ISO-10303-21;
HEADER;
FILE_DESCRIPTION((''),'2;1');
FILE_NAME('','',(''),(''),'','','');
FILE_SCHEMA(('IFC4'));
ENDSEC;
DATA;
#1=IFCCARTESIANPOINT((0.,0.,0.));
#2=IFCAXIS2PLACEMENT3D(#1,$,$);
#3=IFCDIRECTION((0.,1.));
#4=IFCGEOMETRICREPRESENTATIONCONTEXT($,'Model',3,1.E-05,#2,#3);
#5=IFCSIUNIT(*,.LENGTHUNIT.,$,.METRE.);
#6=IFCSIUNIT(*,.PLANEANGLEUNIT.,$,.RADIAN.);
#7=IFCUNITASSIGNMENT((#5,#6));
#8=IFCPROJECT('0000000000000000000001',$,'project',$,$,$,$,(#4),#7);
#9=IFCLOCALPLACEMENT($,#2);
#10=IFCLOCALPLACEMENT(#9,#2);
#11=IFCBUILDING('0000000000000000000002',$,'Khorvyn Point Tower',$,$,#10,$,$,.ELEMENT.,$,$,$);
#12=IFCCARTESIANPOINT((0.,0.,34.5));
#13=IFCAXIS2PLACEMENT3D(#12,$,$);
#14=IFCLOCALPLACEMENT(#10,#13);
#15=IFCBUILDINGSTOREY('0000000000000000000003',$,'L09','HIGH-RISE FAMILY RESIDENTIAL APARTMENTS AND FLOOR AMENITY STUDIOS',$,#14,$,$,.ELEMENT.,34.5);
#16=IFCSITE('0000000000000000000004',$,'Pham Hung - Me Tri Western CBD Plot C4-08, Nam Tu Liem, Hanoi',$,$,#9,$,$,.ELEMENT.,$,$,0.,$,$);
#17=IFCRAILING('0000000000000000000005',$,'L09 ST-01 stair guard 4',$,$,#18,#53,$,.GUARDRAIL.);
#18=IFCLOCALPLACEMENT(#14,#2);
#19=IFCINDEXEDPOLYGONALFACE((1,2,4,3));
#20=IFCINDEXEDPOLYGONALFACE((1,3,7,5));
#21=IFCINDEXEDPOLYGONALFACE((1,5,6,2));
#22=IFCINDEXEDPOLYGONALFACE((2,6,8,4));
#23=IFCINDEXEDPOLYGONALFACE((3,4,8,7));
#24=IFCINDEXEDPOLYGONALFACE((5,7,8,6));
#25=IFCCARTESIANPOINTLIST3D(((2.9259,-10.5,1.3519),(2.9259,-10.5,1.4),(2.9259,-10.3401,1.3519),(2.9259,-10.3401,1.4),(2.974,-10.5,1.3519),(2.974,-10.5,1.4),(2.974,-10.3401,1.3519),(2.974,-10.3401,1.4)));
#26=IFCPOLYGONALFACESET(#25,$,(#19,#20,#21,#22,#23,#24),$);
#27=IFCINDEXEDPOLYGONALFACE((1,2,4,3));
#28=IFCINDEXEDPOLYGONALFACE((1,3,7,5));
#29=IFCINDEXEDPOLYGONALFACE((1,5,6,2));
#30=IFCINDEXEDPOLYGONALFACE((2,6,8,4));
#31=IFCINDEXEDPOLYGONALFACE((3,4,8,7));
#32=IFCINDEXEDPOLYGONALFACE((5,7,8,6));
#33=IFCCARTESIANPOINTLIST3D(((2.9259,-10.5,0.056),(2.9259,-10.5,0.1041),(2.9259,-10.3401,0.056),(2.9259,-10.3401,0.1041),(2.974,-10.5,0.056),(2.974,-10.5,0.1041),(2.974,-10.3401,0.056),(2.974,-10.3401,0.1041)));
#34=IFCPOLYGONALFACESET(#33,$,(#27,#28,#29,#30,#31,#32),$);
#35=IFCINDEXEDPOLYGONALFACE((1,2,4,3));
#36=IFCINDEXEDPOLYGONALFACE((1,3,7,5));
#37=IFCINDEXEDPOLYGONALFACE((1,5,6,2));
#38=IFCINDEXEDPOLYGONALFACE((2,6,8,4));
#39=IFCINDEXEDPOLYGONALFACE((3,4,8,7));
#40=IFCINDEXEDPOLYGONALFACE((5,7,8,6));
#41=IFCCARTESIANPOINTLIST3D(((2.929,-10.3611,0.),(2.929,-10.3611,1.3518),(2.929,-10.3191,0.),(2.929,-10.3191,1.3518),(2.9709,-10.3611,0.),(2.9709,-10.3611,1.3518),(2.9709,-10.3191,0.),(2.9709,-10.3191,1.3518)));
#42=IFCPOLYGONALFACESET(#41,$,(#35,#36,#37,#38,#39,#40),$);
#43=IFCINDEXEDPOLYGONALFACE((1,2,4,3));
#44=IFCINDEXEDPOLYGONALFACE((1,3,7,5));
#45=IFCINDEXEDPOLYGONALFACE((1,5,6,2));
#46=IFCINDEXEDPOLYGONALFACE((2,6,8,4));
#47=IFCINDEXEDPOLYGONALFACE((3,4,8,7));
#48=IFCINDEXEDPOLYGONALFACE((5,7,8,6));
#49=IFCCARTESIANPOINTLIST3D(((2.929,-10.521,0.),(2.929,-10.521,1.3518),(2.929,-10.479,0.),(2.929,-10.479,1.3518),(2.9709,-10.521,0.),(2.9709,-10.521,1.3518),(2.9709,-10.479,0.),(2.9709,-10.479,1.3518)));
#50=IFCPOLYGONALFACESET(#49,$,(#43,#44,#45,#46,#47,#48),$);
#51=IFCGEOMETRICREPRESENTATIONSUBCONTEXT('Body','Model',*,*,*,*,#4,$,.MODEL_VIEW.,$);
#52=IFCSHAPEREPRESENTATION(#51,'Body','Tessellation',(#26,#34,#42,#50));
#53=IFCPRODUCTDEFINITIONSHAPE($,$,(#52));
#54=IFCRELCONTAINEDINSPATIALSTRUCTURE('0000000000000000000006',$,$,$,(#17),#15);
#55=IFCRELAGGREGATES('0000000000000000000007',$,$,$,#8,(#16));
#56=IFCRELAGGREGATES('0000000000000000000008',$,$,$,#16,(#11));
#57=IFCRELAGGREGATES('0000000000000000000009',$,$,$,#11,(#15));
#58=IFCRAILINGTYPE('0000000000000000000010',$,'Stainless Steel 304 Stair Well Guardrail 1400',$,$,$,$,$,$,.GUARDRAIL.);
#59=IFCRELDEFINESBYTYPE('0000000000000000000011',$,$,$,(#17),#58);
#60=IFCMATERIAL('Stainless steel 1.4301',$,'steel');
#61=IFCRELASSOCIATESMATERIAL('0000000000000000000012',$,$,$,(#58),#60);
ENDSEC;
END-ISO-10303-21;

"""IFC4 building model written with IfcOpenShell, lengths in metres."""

from ifc_helpers import new_model, si_unit, direction, frame, origin, origin_2d, place, context, subcontext, project, spatial, rectangle, extrude, material, type_object, element, save


model = new_model("IFC4")

# Units and contexts
model_context = context("Model", 3, precision=1e-05, world=origin(), true_north=direction((0.0, 1.0)))
body_context = subcontext(model_context, "Body", "Model", "MODEL_VIEW")
ifc_project = project(units=[si_unit("LENGTHUNIT", "METRE"), si_unit("PLANEANGLEUNIT", "RADIAN")], contexts=[model_context])

# Site, building, storey
site_placement = place(None, origin())
site = spatial("IfcSite", under=ifc_project, at=site_placement, Name="Pham Hung - Me Tri Western CBD Plot C4-08, Nam Tu Liem, Hanoi", CompositionType="ELEMENT", RefElevation=0.0)
building_placement = place(site_placement, origin())
building = spatial("IfcBuilding", under=site, at=building_placement, Name="Khorvyn Point Tower", CompositionType="ELEMENT")
storey_placement = place(building_placement, frame((0.0, 0.0, 34.5)))
storey = spatial("IfcBuildingStorey", under=building, at=storey_placement, Name="L09", Description="HIGH-RISE FAMILY RESIDENTIAL APARTMENTS AND FLOOR AMENITY STUDIOS", CompositionType="ELEMENT", Elevation=34.5)

# Shared definitions
ifc_material_1 = material(Name="Stainless steel 1.4301", Category="steel")

# Railing
railing_type_1 = type_object("IfcRailingType", Name="Stainless Steel 304 Stair Well Guardrail 1400", PredefinedType="GUARDRAIL", material=ifc_material_1)
railing_1_placement = place(storey_placement, frame((2.95, -10.3401, 0.0)))
element("IfcRailing", 1, at=railing_1_placement, inside=storey, type_object=railing_type_1, Name="L09 ST-01 stair guard 4", PredefinedType="GUARDRAIL", context=body_context, shape_type="SweptSolid", body=[
    extrude(rectangle(XDim=0.0481, YDim=0.0481, at=origin_2d()), frame((0.0, 0.0, 1.376), z_axis=(0.0, -1.0, 0.0), x_axis=(1.0, 0.0, 0.0)), (0.0, 0.0, 1.0), 0.1599),
    extrude(rectangle(XDim=0.0481, YDim=0.0481, at=origin_2d()), frame((0.0, 0.0, 0.0801), z_axis=(0.0, -1.0, 0.0), x_axis=(1.0, 0.0, 0.0)), (0.0, 0.0, 1.0), 0.1599),
    extrude(rectangle(XDim=0.042, YDim=0.042, at=origin_2d()), origin(), (0.0, 0.0, 1.0), 1.3518),
    extrude(rectangle(XDim=0.042, YDim=0.042, at=origin_2d()), frame((0.0, -0.1599, 0.0)), (0.0, 0.0, 1.0), 1.3518),
])

save(model, "model.ifc")
